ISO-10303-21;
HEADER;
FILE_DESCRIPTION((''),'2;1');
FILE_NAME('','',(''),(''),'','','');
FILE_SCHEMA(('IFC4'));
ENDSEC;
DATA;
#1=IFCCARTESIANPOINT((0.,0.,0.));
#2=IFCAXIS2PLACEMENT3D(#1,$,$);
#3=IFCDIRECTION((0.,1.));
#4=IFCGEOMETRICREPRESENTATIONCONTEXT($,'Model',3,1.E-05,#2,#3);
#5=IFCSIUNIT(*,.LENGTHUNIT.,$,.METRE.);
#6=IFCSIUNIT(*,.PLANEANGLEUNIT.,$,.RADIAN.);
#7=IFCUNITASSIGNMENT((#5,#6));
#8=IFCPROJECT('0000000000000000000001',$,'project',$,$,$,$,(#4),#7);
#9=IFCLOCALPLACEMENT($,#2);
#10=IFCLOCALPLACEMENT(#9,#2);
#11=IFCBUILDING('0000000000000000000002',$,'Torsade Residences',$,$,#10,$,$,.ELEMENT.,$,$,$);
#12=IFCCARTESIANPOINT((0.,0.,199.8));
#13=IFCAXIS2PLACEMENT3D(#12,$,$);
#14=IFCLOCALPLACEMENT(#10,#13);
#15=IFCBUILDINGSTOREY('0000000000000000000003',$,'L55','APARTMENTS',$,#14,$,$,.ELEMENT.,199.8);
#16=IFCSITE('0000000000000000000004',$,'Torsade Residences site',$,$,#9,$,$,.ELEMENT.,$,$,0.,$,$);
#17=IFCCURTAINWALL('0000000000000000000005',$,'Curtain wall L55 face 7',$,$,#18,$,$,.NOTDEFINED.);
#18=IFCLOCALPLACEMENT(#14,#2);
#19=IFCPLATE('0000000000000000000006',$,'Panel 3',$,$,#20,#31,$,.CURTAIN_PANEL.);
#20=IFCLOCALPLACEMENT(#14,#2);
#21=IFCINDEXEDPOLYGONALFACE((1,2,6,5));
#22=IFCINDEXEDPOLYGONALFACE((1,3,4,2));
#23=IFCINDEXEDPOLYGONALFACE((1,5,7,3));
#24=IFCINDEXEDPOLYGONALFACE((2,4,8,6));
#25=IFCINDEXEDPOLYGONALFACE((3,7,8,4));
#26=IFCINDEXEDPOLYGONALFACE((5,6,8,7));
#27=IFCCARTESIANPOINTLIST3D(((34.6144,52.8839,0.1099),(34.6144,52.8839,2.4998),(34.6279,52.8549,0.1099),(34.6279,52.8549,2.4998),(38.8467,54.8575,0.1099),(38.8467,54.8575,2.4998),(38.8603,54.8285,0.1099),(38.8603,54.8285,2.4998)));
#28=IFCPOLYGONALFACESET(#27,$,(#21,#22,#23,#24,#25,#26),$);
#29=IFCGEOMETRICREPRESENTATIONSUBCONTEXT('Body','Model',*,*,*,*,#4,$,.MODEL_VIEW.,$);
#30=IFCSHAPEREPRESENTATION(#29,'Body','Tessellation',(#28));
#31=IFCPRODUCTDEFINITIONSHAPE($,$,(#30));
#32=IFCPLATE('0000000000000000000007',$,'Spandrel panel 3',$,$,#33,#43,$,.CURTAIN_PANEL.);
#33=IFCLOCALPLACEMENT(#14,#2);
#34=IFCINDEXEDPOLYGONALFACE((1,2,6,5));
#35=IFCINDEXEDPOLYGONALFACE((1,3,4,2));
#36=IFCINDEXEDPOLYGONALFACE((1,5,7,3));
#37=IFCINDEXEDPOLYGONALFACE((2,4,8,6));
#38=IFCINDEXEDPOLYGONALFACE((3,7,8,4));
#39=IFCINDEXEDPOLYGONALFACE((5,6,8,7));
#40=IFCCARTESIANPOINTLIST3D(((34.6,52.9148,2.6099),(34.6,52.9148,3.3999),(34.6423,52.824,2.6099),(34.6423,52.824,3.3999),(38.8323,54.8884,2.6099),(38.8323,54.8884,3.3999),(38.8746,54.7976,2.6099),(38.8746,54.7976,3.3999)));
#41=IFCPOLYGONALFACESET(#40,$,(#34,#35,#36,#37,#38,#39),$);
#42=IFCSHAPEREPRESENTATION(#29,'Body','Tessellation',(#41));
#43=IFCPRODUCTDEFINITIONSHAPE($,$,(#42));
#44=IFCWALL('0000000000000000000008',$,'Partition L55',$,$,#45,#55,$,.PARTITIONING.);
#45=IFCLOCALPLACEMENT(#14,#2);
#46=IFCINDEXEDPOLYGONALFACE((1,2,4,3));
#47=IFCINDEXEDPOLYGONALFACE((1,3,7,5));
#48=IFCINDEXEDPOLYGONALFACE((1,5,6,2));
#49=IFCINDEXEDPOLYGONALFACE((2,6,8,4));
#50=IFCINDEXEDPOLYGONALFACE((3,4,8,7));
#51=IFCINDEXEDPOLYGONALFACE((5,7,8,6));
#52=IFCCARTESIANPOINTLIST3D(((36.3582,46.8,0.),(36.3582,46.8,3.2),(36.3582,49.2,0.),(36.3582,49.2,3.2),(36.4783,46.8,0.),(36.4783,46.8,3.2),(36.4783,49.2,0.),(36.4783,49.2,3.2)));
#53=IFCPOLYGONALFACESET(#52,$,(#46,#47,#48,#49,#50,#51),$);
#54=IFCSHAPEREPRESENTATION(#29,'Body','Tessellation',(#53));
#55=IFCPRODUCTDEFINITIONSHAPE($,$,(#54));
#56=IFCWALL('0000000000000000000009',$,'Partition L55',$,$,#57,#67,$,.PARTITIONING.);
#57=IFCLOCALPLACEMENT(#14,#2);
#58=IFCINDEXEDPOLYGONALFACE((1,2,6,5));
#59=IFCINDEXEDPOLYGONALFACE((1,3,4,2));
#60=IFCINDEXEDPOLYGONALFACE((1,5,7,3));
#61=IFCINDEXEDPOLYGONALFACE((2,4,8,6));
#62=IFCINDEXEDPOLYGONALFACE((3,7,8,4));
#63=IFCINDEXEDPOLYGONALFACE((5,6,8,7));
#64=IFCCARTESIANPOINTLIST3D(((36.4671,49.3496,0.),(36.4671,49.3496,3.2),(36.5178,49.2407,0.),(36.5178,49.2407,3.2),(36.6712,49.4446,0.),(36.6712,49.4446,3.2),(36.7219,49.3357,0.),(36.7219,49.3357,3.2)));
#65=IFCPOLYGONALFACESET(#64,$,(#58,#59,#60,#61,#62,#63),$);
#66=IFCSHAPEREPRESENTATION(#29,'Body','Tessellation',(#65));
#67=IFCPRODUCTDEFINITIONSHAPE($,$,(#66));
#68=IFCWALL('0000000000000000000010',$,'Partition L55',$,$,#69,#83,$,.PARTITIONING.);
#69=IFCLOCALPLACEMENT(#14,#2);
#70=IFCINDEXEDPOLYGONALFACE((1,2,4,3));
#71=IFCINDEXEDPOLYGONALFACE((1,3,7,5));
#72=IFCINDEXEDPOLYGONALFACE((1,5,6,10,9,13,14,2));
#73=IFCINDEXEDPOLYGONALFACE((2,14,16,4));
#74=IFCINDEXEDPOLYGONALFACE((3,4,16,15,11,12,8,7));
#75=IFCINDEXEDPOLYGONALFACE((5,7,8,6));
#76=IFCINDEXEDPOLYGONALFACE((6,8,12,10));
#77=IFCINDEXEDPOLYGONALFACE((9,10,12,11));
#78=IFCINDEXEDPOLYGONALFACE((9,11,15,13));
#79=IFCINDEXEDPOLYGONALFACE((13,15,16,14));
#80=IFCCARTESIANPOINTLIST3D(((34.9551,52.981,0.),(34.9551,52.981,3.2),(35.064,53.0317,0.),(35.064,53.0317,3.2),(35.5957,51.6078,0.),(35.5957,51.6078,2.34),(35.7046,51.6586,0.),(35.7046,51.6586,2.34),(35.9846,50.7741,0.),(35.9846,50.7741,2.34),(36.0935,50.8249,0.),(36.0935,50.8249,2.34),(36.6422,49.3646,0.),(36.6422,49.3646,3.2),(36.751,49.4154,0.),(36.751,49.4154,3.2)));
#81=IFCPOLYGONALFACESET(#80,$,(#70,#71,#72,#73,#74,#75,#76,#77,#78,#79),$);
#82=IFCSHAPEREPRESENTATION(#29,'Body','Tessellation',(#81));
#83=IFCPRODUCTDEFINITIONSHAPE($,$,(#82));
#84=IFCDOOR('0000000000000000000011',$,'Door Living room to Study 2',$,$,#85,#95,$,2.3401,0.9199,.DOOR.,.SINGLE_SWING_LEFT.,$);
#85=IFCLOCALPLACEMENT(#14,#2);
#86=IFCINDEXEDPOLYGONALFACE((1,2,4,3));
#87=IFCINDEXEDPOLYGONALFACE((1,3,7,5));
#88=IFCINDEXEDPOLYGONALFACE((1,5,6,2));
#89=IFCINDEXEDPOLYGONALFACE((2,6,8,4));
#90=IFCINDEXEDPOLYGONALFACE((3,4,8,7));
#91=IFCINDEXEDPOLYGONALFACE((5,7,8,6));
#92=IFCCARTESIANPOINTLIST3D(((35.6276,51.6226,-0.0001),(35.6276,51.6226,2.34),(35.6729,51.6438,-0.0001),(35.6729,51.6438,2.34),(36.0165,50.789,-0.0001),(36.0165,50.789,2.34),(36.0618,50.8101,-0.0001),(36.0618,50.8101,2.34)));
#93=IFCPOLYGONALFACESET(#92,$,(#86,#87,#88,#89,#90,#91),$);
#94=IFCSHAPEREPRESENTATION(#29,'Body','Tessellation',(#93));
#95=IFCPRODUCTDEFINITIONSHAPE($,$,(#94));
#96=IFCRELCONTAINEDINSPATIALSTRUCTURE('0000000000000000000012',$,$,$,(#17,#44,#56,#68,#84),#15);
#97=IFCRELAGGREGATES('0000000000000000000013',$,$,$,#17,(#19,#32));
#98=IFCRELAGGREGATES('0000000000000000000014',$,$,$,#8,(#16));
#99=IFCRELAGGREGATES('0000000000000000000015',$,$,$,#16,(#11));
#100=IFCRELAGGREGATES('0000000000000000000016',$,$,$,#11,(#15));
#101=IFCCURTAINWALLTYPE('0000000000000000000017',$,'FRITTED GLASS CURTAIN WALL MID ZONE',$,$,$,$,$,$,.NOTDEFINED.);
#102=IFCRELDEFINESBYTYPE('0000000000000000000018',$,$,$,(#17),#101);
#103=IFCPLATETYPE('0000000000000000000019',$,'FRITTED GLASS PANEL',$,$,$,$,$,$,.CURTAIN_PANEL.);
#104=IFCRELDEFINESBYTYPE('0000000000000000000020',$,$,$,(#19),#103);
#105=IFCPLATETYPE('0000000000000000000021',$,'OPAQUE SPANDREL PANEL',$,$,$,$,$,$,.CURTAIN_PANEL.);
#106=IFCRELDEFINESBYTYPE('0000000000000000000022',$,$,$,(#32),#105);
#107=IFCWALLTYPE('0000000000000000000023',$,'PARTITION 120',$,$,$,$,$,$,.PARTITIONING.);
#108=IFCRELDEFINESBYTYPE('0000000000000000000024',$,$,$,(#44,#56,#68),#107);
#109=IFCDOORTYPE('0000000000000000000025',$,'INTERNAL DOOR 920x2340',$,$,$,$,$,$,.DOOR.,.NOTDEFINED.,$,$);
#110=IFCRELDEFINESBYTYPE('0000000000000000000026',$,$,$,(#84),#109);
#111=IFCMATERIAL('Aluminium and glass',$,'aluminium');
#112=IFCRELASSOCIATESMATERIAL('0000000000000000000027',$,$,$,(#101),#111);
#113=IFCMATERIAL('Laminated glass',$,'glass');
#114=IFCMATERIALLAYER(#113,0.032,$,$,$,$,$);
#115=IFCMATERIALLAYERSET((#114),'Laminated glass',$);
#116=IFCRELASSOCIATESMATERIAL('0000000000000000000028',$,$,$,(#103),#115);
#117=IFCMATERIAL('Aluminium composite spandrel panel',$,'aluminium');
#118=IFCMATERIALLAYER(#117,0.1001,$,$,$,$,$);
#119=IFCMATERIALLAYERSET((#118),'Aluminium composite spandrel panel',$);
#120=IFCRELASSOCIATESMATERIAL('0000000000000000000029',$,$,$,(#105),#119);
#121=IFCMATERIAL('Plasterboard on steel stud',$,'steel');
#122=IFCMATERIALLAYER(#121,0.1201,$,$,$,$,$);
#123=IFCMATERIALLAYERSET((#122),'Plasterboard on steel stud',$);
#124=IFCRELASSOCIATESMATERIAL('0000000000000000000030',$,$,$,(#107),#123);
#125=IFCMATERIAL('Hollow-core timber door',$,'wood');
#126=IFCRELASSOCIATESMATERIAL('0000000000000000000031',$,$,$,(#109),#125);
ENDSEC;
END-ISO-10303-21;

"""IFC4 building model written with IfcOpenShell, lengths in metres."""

from ifc_helpers import new_model, si_unit, direction, frame, frame_2d, origin, origin_2d, place, context, subcontext, project, spatial, rectangle, extrude, material, layer, layer_set, type_object, element, fill, aggregate, save


model = new_model("IFC4")

# Units and contexts
model_context = context("Model", 3, precision=1e-05, world=origin(), true_north=direction((0.0, 1.0)))
body_context = subcontext(model_context, "Body", "Model", "MODEL_VIEW")
ifc_project = project(units=[si_unit("LENGTHUNIT", "METRE"), si_unit("PLANEANGLEUNIT", "RADIAN")], contexts=[model_context])

# Site, building, storey
site_placement = place(None, origin())
site = spatial("IfcSite", under=ifc_project, at=site_placement, Name="Torsade Residences site", CompositionType="ELEMENT", RefElevation=0.0)
building_placement = place(site_placement, origin())
building = spatial("IfcBuilding", under=site, at=building_placement, Name="Torsade Residences", CompositionType="ELEMENT")
storey_placement = place(building_placement, frame((0.0, 0.0, 199.8)))
storey = spatial("IfcBuildingStorey", under=building, at=storey_placement, Name="L55", Description="APARTMENTS", CompositionType="ELEMENT", Elevation=199.8)

# Curtain wall
ifc_material_1 = material(Name="Aluminium and glass", Category="aluminium")
curtain_wall_type = type_object("IfcCurtainWallType", Name="FRITTED GLASS CURTAIN WALL MID ZONE", PredefinedType="NOTDEFINED", material=ifc_material_1)
curtain_wall_placement = place(storey_placement, origin())
curtain_wall = element("IfcCurtainWall", 1, at=curtain_wall_placement, inside=storey, type_object=curtain_wall_type, Name="Curtain wall L55 face 7", PredefinedType="NOTDEFINED")

# Plates
ifc_material_2 = material(Name="Laminated glass", Category="glass")
ifc_layer_1 = layer(ifc_material_2, 0.032)
ifc_layer_set_1 = layer_set([ifc_layer_1], Name="Laminated glass")
plate_type_1 = type_object("IfcPlateType", Name="FRITTED GLASS PANEL", PredefinedType="CURTAIN_PANEL", material=ifc_layer_set_1)
plate_1_placement = place(storey_placement, frame((36.7373, 53.8562, 0.1099), z_axis=(0.0, 0.0, 1.0), x_axis=(-0.906308, -0.422618, 0.0)))
plate_1 = element("IfcPlate", 2, at=plate_1_placement, type_object=plate_type_1, Name="Panel 3", PredefinedType="CURTAIN_PANEL", context=body_context, shape_type="SweptSolid", body=[
    extrude(rectangle(XDim=4.6699, YDim=0.032, at=origin_2d()), origin(), (0.0, 0.0, 1.0), 2.3899),
])
ifc_material_3 = material(Name="Aluminium composite spandrel panel", Category="aluminium")
ifc_layer_2 = layer(ifc_material_3, 0.1001)
ifc_layer_set_2 = layer_set([ifc_layer_2], Name="Aluminium composite spandrel panel")
plate_type_2 = type_object("IfcPlateType", Name="OPAQUE SPANDREL PANEL", PredefinedType="CURTAIN_PANEL", material=ifc_layer_set_2)
plate_2_placement = place(storey_placement, frame((36.7373, 53.8562, 2.6099), z_axis=(0.0, 0.0, 1.0), x_axis=(-0.906308, -0.422618, 0.0)))
plate_2 = element("IfcPlate", 3, at=plate_2_placement, type_object=plate_type_2, Name="Spandrel panel 3", PredefinedType="CURTAIN_PANEL", context=body_context, shape_type="SweptSolid", body=[
    extrude(rectangle(XDim=4.6699, YDim=0.1001, at=origin_2d()), origin(), (0.0, 0.0, 1.0), 0.79),
])
aggregate(curtain_wall, [plate_1, plate_2])

# Walls
ifc_material_4 = material(Name="Plasterboard on steel stud", Category="steel")
ifc_layer_3 = layer(ifc_material_4, 0.1201)
ifc_layer_set_3 = layer_set([ifc_layer_3], Name="Plasterboard on steel stud")
wall_type = type_object("IfcWallType", Name="PARTITION 120", PredefinedType="PARTITIONING", material=ifc_layer_set_3)
wall_1_placement = place(storey_placement, frame((36.4182, 49.2, 0.0), z_axis=(0.0, 0.0, 1.0), x_axis=(0.0, -1.0, 0.0)))
element("IfcWall", 4, at=wall_1_placement, inside=storey, type_object=wall_type, Name="Partition L55", PredefinedType="PARTITIONING", context=body_context, shape_type="SweptSolid", body=[
    extrude(rectangle(XDim=2.3999, YDim=0.1201, at=frame_2d((1.2, 0.0))), origin(), (0.0, 0.0, 1.0), 3.2),
])
wall_2_placement = place(storey_placement, frame((36.4924, 49.2952, 0.0), z_axis=(0.0, 0.0, 1.0), x_axis=(0.906654, 0.421876, 0.0)))
element("IfcWall", 5, at=wall_2_placement, inside=storey, type_object=wall_type, Name="Partition L55", PredefinedType="PARTITIONING", context=body_context, shape_type="SweptSolid", body=[
    extrude(rectangle(XDim=0.2251, YDim=0.1201, at=frame_2d((0.1125, 0.0))), origin(), (0.0, 0.0, 1.0), 3.2),
])

# Wall, opening, door
wall_3_placement = place(storey_placement, frame((36.6965, 49.3901, 0.0), z_axis=(0.0, 0.0, 1.0), x_axis=(-0.422772, 0.906236, 0.0)))
wall_3 = element("IfcWall", 6, at=wall_3_placement, inside=storey, type_object=wall_type, Name="Partition L55", PredefinedType="PARTITIONING", context=body_context, shape_type="SweptSolid", body=[
    extrude(rectangle(XDim=3.9905, YDim=0.1201, at=frame_2d((1.9951, 0.0))), origin(), (0.0, 0.0, 1.0), 3.2),
])
opening_placement = place(wall_3_placement, frame((1.5552, 0.0, 0.0)))
opening = element("IfcOpeningElement", 7, at=opening_placement, cuts=wall_3, PredefinedType="OPENING", context=body_context, shape_type="SweptSolid", body=[
    extrude(rectangle(XDim=0.9199, YDim=2.3401, at=frame_2d((0.46, 1.1699))), frame((0.0, 0.0701, 0.0), z_axis=(0.0, -1.0, 0.0), x_axis=(1.0, 0.0, 0.0)), (0.0, 0.0, 1.0), 0.1401),
])
ifc_material_5 = material(Name="Hollow-core timber door", Category="wood")
door_type = type_object("IfcDoorType", Name="INTERNAL DOOR 920x2340", OperationType="NOTDEFINED", PredefinedType="DOOR", material=ifc_material_5)
door_placement = place(opening_placement, origin())
door = element("IfcDoor", 8, at=door_placement, inside=storey, type_object=door_type, Name="Door Living room to Study 2", OperationType="SINGLE_SWING_LEFT", OverallHeight=2.3401, OverallWidth=0.9199, PredefinedType="DOOR", context=body_context, shape_type="SweptSolid", body=[
    extrude(rectangle(XDim=0.9199, YDim=2.3401, at=frame_2d((0.46, 1.1699))), frame((0.0, 0.0249, 0.0), z_axis=(0.0, -1.0, 0.0), x_axis=(1.0, 0.0, 0.0)), (0.0, 0.0, 1.0), 0.05),
])
fill(opening, door)

save(model, "model.ifc")
